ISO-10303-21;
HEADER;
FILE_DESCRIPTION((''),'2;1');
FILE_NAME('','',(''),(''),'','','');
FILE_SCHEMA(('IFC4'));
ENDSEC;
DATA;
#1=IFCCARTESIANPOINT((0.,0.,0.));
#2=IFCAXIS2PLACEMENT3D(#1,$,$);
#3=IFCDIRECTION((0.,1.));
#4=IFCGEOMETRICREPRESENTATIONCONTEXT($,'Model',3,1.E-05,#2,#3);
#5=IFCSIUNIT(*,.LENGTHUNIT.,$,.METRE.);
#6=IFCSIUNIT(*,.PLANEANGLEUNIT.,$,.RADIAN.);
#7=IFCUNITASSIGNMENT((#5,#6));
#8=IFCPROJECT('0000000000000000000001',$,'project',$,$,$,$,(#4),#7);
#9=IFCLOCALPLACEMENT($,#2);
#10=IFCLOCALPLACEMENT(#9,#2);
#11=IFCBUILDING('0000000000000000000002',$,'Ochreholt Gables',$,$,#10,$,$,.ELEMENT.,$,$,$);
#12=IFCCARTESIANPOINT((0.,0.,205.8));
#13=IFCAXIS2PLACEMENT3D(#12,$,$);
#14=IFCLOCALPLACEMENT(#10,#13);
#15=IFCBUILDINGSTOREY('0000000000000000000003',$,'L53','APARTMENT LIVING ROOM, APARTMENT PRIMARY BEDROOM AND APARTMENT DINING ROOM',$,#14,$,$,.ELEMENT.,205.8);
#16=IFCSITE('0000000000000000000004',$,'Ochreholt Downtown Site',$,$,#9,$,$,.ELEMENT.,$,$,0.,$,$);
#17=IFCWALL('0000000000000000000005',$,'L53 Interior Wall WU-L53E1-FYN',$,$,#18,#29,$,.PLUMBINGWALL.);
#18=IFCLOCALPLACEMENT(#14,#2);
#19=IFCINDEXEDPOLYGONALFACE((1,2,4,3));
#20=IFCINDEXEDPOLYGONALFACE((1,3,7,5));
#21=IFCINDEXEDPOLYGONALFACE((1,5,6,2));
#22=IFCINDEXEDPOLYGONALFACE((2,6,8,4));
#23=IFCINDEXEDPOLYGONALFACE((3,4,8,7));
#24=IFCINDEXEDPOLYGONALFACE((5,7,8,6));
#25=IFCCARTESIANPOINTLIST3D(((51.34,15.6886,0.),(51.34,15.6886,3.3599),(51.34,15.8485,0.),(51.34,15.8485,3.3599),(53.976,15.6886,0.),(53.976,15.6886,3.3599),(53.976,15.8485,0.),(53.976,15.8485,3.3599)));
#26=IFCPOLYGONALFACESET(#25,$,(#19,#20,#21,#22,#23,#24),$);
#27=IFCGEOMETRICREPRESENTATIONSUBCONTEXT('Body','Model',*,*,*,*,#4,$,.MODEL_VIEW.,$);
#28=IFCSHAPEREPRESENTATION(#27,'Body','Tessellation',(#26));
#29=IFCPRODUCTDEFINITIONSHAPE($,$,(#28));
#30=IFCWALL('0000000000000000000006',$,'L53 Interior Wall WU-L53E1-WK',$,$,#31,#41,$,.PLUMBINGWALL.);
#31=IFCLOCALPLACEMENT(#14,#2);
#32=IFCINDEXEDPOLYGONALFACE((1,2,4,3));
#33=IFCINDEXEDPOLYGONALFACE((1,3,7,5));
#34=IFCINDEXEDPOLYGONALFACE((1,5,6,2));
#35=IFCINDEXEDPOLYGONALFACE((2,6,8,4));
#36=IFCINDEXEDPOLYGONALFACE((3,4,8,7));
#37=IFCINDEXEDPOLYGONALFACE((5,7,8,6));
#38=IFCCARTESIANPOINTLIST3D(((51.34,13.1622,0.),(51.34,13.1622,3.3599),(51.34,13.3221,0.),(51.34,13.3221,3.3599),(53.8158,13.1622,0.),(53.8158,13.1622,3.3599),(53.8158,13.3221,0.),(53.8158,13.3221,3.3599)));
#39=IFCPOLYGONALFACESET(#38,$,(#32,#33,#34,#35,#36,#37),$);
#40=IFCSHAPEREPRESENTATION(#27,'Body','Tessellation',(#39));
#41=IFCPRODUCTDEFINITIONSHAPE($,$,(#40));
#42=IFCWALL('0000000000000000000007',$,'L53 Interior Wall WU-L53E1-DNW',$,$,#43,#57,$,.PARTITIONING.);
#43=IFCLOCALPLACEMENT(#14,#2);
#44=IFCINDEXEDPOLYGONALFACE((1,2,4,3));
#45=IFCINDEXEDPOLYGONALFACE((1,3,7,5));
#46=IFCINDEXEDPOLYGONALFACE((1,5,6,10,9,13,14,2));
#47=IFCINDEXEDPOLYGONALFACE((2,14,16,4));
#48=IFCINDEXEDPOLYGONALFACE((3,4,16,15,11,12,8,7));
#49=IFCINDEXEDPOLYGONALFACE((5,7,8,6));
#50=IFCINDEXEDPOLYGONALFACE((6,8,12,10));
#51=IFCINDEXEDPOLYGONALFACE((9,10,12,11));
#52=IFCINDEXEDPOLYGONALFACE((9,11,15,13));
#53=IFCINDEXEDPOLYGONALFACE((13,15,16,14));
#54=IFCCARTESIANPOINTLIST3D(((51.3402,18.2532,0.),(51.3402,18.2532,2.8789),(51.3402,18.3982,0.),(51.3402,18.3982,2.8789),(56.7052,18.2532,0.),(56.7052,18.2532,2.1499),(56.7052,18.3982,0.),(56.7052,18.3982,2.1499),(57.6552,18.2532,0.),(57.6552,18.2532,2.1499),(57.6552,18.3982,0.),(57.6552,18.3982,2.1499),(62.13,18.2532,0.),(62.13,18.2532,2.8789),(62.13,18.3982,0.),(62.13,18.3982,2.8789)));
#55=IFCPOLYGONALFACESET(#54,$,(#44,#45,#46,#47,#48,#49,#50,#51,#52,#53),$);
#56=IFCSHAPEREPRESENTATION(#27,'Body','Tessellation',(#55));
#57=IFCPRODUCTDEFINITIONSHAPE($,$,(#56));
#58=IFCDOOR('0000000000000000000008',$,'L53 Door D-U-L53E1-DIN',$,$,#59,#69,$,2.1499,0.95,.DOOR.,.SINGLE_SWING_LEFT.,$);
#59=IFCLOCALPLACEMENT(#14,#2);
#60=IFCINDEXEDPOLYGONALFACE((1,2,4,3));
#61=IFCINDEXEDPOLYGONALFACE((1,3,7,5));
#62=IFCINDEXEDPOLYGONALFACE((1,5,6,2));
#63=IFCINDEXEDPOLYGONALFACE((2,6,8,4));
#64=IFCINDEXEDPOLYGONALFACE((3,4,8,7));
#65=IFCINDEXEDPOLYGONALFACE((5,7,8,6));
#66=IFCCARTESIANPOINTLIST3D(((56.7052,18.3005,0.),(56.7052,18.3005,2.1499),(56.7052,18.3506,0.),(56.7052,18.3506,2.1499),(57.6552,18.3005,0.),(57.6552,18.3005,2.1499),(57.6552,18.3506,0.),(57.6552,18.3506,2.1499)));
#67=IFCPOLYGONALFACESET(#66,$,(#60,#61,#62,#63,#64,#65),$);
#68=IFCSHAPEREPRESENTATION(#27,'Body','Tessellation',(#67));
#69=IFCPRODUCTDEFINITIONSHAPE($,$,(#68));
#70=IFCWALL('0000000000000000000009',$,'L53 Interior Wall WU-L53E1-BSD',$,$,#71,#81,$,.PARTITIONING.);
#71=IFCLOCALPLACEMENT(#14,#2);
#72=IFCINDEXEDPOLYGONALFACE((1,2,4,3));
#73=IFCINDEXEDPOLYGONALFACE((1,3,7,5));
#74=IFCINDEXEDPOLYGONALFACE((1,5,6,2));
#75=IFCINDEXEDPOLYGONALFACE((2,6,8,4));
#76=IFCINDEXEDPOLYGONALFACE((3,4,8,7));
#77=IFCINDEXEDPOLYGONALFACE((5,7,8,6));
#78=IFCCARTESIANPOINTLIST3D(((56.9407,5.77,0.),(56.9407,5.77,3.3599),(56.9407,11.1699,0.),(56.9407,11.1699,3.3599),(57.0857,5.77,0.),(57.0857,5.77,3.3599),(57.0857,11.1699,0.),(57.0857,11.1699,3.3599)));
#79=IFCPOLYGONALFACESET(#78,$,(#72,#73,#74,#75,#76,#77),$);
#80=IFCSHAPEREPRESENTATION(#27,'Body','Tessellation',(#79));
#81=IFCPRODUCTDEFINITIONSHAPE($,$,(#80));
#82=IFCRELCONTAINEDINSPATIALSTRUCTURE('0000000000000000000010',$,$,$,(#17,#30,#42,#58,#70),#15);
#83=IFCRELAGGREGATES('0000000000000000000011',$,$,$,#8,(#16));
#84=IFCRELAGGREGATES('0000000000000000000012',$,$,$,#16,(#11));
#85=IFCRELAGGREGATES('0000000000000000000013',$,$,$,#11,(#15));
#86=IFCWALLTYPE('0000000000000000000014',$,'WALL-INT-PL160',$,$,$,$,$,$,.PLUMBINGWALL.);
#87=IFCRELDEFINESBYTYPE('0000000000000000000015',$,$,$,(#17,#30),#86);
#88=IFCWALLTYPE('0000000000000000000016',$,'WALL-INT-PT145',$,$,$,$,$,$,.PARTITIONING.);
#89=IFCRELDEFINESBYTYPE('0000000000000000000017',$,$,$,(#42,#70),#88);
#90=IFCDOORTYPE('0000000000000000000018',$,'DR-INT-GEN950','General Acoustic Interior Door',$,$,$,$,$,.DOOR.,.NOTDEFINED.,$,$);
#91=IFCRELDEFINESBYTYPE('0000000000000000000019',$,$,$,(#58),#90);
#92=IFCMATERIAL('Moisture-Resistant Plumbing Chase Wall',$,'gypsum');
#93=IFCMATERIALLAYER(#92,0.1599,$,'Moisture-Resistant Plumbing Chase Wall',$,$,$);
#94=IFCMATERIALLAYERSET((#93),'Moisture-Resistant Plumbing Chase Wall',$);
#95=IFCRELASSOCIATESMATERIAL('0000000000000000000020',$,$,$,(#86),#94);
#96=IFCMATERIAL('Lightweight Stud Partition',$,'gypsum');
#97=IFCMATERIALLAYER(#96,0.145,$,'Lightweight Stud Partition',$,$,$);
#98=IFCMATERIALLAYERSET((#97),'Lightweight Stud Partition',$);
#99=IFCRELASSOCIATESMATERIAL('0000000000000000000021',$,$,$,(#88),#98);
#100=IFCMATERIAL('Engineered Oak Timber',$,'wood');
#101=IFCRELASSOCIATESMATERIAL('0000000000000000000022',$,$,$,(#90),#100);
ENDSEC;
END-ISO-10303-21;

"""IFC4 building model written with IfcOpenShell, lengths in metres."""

from ifc_helpers import new_model, si_unit, direction, frame, frame_2d, origin, place, context, subcontext, project, spatial, rectangle, extrude, material, layer, layer_set, type_object, element, fill, save


model = new_model("IFC4")

# Units and contexts
model_context = context("Model", 3, precision=1e-05, world=origin(), true_north=direction((0.0, 1.0)))
body_context = subcontext(model_context, "Body", "Model", "MODEL_VIEW")
ifc_project = project(units=[si_unit("LENGTHUNIT", "METRE"), si_unit("PLANEANGLEUNIT", "RADIAN")], contexts=[model_context])

# Site, building, storey
site_placement = place(None, origin())
site = spatial("IfcSite", under=ifc_project, at=site_placement, Name="Ochreholt Downtown Site", CompositionType="ELEMENT", RefElevation=0.0)
building_placement = place(site_placement, origin())
building = spatial("IfcBuilding", under=site, at=building_placement, Name="Ochreholt Gables", CompositionType="ELEMENT")
storey_placement = place(building_placement, frame((0.0, 0.0, 205.8)))
storey = spatial("IfcBuildingStorey", under=building, at=storey_placement, Name="L53", Description="APARTMENT LIVING ROOM, APARTMENT PRIMARY BEDROOM AND APARTMENT DINING ROOM", CompositionType="ELEMENT", Elevation=205.8)

# Wall
ifc_material_1 = material(Name="Moisture-Resistant Plumbing Chase Wall", Category="gypsum")
ifc_layer_1 = layer(ifc_material_1, 0.1599, Name="Moisture-Resistant Plumbing Chase Wall")
ifc_layer_set_1 = layer_set([ifc_layer_1], Name="Moisture-Resistant Plumbing Chase Wall")
wall_type_1 = type_object("IfcWallType", Name="WALL-INT-PL160", PredefinedType="PLUMBINGWALL", material=ifc_layer_set_1)
wall_1_placement = place(storey_placement, frame((51.3401, 15.7686, 0.0), z_axis=(0.0, 0.0, 1.0), x_axis=(1.0, 0.0, 0.0)))
element("IfcWall", 1, at=wall_1_placement, inside=storey, type_object=wall_type_1, Name="L53 Interior Wall WU-L53E1-FYN", PredefinedType="PLUMBINGWALL", context=body_context, shape_type="SweptSolid", body=[
    extrude(rectangle(XDim=2.636, YDim=0.1599, at=frame_2d((1.3179, 0.0))), origin(), (0.0, 0.0, 1.0), 3.3599),
])

# Shared definitions
ifc_material_2 = material(Name="Engineered Oak Timber", Category="wood")

# Wall
wall_2_placement = place(storey_placement, frame((51.3401, 13.2422, 0.0), z_axis=(0.0, 0.0, 1.0), x_axis=(1.0, 0.0, 0.0)))
element("IfcWall", 2, at=wall_2_placement, inside=storey, type_object=wall_type_1, Name="L53 Interior Wall WU-L53E1-WK", PredefinedType="PLUMBINGWALL", context=body_context, shape_type="SweptSolid", body=[
    extrude(rectangle(XDim=2.4758, YDim=0.1599, at=frame_2d((1.2378, 0.0))), origin(), (0.0, 0.0, 1.0), 3.3599),
])

# Wall, opening, door
ifc_material_3 = material(Name="Lightweight Stud Partition", Category="gypsum")
ifc_layer_2 = layer(ifc_material_3, 0.145, Name="Lightweight Stud Partition")
ifc_layer_set_2 = layer_set([ifc_layer_2], Name="Lightweight Stud Partition")
wall_type_2 = type_object("IfcWallType", Name="WALL-INT-PT145", PredefinedType="PARTITIONING", material=ifc_layer_set_2)
wall_3_placement = place(storey_placement, frame((51.3401, 18.3257, 0.0), z_axis=(0.0, 0.0, 1.0), x_axis=(1.0, 0.0, 0.0)))
wall_3 = element("IfcWall", 3, at=wall_3_placement, inside=storey, type_object=wall_type_2, Name="L53 Interior Wall WU-L53E1-DNW", PredefinedType="PARTITIONING", context=body_context, shape_type="SweptSolid", body=[
    extrude(rectangle(XDim=10.7898, YDim=0.145, at=frame_2d((5.395, 0.0))), origin(), (0.0, 0.0, 1.0), 2.8789),
])
opening_1_placement = place(wall_3_placement, frame((5.365, 0.0, 0.0)))
opening_1 = element("IfcOpeningElement", 4, at=opening_1_placement, cuts=wall_3, PredefinedType="OPENING", context=body_context, shape_type="SweptSolid", body=[
    extrude(rectangle(XDim=0.95, YDim=2.1499, at=frame_2d((0.4751, 1.075))), frame((0.0, 0.0825, 0.0), z_axis=(0.0, -1.0, 0.0), x_axis=(1.0, 0.0, 0.0)), (0.0, 0.0, 1.0), 0.165),
])
door_type_1 = type_object("IfcDoorType", Name="DR-INT-GEN950", Description="General Acoustic Interior Door", OperationType="NOTDEFINED", PredefinedType="DOOR", material=ifc_material_2)
door_1_placement = place(opening_1_placement, origin())
door_1 = element("IfcDoor", 5, at=door_1_placement, inside=storey, type_object=door_type_1, Name="L53 Door D-U-L53E1-DIN", OperationType="SINGLE_SWING_LEFT", OverallHeight=2.1499, OverallWidth=0.95, PredefinedType="DOOR", context=body_context, shape_type="SweptSolid", body=[
    extrude(rectangle(XDim=0.95, YDim=2.1499, at=frame_2d((0.4751, 1.075))), frame((0.0, 0.0249, 0.0), z_axis=(0.0, -1.0, 0.0), x_axis=(1.0, 0.0, 0.0)), (0.0, 0.0, 1.0), 0.05),
])
fill(opening_1, door_1)

# Wall
wall_4_placement = place(storey_placement, frame((57.0132, 5.77, 0.0), z_axis=(0.0, 0.0, 1.0), x_axis=(0.0, 1.0, 0.0)))
element("IfcWall", 6, at=wall_4_placement, inside=storey, type_object=wall_type_2, Name="L53 Interior Wall WU-L53E1-BSD", PredefinedType="PARTITIONING", context=body_context, shape_type="SweptSolid", body=[
    extrude(rectangle(XDim=5.3999, YDim=0.145, at=frame_2d((2.7, 0.0))), origin(), (0.0, 0.0, 1.0), 3.3599),
])

save(model, "model.ifc")
